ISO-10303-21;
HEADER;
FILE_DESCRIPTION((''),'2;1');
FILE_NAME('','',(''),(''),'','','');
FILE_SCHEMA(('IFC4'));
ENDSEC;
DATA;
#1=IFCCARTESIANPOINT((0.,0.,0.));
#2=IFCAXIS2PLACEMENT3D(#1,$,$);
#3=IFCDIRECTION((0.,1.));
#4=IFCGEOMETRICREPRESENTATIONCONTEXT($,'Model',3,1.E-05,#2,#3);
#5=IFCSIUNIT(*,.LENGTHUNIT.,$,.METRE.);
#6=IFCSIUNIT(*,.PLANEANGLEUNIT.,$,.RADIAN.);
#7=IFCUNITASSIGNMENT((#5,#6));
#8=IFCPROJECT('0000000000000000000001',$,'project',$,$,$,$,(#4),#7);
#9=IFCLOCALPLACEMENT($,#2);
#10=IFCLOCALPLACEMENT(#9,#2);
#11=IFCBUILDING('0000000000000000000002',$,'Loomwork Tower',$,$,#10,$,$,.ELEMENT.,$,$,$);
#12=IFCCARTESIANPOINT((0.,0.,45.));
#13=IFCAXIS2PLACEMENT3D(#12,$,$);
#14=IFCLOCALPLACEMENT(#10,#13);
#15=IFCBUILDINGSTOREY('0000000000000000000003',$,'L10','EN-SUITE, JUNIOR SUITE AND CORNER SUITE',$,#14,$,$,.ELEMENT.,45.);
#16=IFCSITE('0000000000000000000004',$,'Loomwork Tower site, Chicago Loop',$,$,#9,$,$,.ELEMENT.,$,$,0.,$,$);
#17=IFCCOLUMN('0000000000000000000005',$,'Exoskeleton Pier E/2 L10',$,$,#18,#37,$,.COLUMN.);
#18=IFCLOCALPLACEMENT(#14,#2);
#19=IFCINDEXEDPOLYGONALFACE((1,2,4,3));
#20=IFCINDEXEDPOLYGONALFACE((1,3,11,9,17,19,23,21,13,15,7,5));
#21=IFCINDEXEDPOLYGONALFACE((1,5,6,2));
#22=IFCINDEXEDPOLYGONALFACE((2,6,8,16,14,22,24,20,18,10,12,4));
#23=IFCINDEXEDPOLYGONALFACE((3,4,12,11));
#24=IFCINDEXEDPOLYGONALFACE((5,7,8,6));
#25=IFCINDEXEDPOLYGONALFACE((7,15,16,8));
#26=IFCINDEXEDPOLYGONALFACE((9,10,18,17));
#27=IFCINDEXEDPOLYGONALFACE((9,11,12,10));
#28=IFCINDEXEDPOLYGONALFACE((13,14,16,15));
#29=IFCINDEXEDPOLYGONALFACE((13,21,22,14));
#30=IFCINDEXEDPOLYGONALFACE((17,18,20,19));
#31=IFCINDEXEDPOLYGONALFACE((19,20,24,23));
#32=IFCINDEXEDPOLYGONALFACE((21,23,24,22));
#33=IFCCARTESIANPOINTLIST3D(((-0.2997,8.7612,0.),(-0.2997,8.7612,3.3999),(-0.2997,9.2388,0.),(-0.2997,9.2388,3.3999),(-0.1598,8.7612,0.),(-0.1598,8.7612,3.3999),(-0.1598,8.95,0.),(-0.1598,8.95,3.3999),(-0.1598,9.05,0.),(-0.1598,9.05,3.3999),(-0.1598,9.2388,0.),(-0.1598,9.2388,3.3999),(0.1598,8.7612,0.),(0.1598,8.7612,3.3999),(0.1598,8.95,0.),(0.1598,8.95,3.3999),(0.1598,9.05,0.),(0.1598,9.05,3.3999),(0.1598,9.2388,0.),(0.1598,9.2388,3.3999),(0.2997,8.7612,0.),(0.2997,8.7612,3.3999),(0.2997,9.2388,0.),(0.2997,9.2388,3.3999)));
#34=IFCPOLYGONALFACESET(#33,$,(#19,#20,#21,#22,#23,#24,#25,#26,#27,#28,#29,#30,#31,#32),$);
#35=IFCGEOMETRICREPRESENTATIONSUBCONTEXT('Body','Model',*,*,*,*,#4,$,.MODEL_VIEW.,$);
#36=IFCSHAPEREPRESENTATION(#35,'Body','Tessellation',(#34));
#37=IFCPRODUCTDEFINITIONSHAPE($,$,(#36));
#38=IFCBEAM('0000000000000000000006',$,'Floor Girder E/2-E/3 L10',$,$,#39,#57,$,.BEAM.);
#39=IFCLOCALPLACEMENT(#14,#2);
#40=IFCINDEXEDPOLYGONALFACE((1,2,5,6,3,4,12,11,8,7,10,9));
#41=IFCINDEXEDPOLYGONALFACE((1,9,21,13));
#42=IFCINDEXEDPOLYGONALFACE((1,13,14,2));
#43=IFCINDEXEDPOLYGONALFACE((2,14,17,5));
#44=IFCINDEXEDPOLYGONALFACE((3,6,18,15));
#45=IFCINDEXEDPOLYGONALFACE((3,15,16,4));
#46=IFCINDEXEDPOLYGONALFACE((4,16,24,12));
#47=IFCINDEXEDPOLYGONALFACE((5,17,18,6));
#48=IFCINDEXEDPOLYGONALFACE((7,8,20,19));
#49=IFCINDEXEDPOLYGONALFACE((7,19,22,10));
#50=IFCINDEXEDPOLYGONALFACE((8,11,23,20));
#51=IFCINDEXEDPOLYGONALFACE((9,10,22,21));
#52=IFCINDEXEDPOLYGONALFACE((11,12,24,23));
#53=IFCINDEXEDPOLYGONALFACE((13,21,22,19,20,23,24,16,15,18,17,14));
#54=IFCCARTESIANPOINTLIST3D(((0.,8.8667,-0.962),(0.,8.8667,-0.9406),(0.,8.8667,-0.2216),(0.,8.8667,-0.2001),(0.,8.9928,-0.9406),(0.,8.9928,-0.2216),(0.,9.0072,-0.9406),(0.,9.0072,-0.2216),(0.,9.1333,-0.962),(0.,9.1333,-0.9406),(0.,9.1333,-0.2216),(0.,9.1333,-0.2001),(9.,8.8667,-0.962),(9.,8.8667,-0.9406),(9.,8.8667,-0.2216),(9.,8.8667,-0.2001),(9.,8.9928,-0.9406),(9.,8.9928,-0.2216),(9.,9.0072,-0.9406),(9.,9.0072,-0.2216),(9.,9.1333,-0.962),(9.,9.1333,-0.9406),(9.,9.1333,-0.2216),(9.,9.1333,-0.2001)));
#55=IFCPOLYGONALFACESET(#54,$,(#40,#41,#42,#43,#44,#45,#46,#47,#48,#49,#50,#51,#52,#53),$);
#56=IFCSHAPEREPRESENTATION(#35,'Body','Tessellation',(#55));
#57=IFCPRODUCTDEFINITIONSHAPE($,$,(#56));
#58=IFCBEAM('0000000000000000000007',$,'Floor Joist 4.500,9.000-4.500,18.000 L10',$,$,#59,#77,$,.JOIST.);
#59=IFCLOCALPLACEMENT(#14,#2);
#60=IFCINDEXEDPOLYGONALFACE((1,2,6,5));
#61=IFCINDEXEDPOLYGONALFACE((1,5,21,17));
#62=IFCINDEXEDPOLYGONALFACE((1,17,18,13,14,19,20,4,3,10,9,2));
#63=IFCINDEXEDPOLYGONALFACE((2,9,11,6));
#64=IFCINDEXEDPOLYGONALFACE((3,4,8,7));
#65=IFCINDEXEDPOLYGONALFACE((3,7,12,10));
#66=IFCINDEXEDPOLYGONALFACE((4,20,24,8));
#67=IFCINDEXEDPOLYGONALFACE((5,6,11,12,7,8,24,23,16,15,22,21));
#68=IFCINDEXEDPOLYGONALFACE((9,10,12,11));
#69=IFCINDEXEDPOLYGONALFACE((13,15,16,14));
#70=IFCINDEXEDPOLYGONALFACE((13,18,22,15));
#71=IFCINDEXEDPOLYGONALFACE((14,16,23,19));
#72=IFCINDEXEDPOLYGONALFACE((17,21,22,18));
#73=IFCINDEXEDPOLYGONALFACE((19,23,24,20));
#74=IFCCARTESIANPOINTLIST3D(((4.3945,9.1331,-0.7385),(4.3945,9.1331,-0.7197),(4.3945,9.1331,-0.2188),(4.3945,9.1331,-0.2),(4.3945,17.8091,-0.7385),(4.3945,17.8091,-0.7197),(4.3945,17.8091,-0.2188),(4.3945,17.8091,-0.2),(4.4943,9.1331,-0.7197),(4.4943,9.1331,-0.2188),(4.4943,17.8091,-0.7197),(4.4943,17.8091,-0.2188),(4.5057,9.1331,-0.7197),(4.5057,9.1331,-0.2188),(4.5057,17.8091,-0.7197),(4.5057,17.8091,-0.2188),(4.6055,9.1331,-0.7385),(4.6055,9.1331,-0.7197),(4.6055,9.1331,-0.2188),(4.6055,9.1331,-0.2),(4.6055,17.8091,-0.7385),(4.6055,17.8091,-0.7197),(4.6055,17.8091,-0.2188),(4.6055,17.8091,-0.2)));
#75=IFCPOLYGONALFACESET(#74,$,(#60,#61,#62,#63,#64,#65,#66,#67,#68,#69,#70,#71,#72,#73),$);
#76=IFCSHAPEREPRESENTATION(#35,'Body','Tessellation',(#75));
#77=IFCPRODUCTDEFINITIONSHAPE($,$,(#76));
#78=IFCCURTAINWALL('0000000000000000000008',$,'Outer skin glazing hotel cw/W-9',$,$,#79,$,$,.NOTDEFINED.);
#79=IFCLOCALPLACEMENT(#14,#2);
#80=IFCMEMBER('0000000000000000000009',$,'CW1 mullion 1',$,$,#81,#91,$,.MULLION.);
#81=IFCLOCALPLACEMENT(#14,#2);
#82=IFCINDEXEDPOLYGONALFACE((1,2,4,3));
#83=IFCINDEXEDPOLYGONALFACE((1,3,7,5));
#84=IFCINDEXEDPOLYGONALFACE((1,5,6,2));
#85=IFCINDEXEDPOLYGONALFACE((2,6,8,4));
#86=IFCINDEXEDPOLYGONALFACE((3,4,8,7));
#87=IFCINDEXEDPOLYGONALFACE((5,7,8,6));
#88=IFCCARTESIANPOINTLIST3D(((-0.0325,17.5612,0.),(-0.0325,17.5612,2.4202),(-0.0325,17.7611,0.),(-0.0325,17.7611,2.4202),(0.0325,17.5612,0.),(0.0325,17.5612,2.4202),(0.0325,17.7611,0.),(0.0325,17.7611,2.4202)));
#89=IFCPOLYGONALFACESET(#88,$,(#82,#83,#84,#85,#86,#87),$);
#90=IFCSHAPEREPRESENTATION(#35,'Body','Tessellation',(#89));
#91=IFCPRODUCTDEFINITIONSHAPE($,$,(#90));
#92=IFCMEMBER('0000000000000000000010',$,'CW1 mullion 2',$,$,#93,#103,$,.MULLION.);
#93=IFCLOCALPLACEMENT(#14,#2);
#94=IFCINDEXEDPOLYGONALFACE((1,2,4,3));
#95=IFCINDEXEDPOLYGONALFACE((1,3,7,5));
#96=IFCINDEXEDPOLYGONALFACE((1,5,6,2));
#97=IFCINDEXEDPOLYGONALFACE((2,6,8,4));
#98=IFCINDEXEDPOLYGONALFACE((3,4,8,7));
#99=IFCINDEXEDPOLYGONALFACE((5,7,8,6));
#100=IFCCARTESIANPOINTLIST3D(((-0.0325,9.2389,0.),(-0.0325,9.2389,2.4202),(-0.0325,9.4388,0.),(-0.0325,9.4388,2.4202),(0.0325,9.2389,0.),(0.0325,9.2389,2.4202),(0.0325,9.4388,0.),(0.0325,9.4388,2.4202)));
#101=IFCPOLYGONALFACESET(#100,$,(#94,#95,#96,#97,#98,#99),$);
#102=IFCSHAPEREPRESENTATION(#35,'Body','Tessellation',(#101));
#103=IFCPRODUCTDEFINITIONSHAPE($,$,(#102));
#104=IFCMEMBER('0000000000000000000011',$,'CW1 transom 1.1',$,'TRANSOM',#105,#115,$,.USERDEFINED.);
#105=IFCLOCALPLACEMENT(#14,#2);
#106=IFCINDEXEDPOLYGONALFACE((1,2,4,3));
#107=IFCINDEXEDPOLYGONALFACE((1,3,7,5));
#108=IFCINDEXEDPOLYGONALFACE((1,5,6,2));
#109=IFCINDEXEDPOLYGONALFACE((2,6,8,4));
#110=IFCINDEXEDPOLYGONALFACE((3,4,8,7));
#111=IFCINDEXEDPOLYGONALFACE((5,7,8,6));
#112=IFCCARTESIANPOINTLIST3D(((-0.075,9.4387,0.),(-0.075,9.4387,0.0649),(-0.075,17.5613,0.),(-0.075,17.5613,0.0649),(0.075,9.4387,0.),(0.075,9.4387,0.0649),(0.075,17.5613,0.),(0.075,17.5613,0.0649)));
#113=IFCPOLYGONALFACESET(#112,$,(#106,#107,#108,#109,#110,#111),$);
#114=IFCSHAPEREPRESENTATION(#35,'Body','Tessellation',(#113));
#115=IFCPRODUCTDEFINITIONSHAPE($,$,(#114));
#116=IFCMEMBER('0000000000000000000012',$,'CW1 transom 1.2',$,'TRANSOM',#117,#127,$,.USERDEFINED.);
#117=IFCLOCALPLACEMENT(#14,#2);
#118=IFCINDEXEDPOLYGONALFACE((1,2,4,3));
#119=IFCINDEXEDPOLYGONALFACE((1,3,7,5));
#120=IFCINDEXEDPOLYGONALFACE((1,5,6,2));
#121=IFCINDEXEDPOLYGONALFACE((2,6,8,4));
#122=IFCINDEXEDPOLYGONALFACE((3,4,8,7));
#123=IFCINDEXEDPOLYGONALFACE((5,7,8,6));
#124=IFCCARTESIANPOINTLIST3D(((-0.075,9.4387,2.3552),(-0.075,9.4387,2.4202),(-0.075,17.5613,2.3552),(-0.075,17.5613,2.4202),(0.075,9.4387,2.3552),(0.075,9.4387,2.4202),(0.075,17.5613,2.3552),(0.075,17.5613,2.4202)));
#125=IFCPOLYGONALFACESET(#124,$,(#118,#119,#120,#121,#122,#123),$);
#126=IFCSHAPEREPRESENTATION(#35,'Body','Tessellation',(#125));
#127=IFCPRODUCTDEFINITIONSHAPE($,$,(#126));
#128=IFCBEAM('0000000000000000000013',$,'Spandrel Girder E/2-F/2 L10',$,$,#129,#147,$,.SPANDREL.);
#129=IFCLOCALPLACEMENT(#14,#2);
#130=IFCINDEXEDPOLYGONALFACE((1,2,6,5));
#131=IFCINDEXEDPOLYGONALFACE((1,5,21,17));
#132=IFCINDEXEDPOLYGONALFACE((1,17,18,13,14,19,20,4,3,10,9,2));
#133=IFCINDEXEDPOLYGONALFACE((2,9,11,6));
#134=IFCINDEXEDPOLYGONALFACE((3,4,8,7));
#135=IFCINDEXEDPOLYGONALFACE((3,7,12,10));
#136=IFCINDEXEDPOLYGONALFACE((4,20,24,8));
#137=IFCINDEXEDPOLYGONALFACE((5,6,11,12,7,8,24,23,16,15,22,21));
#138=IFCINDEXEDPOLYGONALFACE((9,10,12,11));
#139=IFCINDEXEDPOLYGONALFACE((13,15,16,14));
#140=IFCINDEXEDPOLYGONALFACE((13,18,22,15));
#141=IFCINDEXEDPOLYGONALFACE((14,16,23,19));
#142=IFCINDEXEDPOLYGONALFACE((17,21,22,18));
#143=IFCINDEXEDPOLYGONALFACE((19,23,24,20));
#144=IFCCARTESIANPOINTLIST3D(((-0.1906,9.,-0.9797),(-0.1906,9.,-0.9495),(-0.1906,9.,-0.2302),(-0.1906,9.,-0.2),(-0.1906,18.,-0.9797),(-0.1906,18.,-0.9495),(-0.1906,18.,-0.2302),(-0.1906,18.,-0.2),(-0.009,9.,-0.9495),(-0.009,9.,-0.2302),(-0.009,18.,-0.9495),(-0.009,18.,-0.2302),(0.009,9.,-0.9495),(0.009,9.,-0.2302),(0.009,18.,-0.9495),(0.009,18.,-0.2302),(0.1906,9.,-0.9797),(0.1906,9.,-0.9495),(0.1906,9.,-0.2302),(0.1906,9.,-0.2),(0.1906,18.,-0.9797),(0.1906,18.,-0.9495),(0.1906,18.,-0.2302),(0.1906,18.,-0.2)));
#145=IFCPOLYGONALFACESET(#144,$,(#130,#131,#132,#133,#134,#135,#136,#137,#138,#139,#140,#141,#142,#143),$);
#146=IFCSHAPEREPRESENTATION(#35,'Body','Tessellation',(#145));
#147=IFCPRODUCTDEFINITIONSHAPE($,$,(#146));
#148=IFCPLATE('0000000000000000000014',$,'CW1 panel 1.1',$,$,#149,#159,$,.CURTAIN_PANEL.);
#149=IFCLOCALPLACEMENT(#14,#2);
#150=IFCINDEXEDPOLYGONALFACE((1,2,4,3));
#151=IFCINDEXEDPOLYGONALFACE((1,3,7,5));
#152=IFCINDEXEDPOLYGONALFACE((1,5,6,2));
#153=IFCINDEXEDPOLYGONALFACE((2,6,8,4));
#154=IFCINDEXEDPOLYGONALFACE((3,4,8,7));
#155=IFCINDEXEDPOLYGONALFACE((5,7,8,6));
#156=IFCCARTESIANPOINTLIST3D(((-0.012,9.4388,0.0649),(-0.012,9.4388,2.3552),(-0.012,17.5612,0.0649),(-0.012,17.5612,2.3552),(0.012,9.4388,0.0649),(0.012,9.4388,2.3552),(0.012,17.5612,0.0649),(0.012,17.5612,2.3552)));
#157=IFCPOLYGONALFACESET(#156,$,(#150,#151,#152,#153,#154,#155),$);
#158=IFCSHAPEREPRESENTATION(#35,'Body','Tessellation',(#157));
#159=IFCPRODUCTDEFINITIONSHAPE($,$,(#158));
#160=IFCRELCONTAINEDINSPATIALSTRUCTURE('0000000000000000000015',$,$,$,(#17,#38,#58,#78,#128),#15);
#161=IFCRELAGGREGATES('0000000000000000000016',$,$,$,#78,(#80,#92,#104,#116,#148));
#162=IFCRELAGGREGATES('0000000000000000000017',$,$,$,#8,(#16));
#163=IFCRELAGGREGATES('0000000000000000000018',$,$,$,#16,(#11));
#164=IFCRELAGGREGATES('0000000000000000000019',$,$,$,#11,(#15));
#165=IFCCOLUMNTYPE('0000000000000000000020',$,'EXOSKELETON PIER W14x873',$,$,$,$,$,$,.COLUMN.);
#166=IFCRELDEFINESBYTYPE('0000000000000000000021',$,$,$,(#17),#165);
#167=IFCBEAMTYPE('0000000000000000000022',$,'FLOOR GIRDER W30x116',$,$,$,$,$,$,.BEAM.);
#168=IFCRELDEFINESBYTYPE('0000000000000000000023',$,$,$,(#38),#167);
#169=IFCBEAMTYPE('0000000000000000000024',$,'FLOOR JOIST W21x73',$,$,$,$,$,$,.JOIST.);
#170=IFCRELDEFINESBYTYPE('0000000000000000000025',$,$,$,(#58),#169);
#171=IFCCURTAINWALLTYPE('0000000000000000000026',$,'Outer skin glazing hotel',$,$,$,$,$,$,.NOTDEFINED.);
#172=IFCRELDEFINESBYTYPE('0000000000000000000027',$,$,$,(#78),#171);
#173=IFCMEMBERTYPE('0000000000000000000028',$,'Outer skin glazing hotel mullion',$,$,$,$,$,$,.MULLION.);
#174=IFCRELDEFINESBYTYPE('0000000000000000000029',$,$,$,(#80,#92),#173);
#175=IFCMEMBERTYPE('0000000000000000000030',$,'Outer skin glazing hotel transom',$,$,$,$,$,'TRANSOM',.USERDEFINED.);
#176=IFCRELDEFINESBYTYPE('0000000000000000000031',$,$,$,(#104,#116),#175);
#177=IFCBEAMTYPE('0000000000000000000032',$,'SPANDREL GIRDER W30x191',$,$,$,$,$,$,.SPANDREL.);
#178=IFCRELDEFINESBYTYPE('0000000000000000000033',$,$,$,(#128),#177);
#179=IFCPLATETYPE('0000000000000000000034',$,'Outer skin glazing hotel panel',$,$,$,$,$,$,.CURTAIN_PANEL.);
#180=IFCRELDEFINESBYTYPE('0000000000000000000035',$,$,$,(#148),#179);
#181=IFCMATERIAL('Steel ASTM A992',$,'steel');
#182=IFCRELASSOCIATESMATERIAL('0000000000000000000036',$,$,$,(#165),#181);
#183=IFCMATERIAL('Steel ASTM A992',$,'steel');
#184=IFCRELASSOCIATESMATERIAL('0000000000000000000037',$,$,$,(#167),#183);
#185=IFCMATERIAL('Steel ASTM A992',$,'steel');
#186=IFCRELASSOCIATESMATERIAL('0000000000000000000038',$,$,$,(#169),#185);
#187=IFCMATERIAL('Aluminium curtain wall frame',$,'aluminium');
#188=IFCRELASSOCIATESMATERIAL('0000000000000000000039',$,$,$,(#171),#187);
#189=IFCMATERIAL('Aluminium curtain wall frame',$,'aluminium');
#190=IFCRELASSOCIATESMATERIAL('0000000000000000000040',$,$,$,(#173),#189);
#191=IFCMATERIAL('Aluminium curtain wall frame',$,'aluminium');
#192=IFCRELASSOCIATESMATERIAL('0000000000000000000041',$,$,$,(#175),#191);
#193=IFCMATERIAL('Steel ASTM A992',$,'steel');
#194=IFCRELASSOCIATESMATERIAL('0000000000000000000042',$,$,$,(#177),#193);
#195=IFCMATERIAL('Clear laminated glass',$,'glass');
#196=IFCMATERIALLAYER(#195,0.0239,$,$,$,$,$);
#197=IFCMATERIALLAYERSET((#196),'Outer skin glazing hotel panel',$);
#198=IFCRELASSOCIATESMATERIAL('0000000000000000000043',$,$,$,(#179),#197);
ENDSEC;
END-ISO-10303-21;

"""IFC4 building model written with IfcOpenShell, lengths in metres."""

from ifc_helpers import new_model, si_unit, direction, frame, origin, origin_2d, place, context, subcontext, project, spatial, rectangle, i_section, extrude, material, layer, layer_set, material_profile, profile_set, type_object, element, aggregate, save


model = new_model("IFC4")

# Units and contexts
model_context = context("Model", 3, precision=1e-05, world=origin(), true_north=direction((0.0, 1.0)))
body_context = subcontext(model_context, "Body", "Model", "MODEL_VIEW")
ifc_project = project(units=[si_unit("LENGTHUNIT", "METRE"), si_unit("PLANEANGLEUNIT", "RADIAN")], contexts=[model_context])

# Site, building, storey
site_placement = place(None, origin())
site = spatial("IfcSite", under=ifc_project, at=site_placement, Name="Loomwork Tower site, Chicago Loop", CompositionType="ELEMENT", RefElevation=0.0)
building_placement = place(site_placement, origin())
building = spatial("IfcBuilding", under=site, at=building_placement, Name="Loomwork Tower", CompositionType="ELEMENT")
storey_placement = place(building_placement, frame((0.0, 0.0, 45.0)))
storey = spatial("IfcBuildingStorey", under=building, at=storey_placement, Name="L10", Description="EN-SUITE, JUNIOR SUITE AND CORNER SUITE", CompositionType="ELEMENT", Elevation=45.0)

# Column
ifc_material_1 = material(Name="Steel ASTM A992", Category="steel")
ifc_material_profile_1 = material_profile(ifc_material_1, i_section(OverallWidth=0.4775, OverallDepth=0.5994, WebThickness=0.1001, FlangeThickness=0.1399, at=origin_2d()), Name="W14x873")
ifc_profile_set_1 = profile_set([ifc_material_profile_1], Name="Steel ASTM A992")
column_type = type_object("IfcColumnType", Name="EXOSKELETON PIER W14x873", PredefinedType="COLUMN", material=ifc_profile_set_1)
column_placement = place(storey_placement, frame((0.0, 9.0, 0.0), z_axis=(0.0, 0.0, 1.0), x_axis=(0.0, 1.0, 0.0)))
element("IfcColumn", 1, at=column_placement, inside=storey, type_object=column_type, Name="Exoskeleton Pier E/2 L10", PredefinedType="COLUMN", context=body_context, shape_type="SweptSolid", body=[
    extrude(i_section(OverallWidth=0.4775, OverallDepth=0.5994, WebThickness=0.1001, FlangeThickness=0.1399, at=origin_2d()), origin(), (0.0, 0.0, 1.0), 3.3999),
])

# Beams
ifc_material_2 = material(Name="Steel ASTM A992", Category="steel")
ifc_material_profile_2 = material_profile(ifc_material_2, i_section(OverallWidth=0.2666, OverallDepth=0.762, WebThickness=0.0144, FlangeThickness=0.0215, at=origin_2d()), Name="W30x116")
ifc_profile_set_2 = profile_set([ifc_material_profile_2], Name="Steel ASTM A992")
beam_type_1 = type_object("IfcBeamType", Name="FLOOR GIRDER W30x116", PredefinedType="BEAM", material=ifc_profile_set_2)
beam_1_placement = place(storey_placement, frame((0.0, 9.0, -0.5811), z_axis=(1.0, 0.0, 0.0), x_axis=(0.0, 1.0, 0.0)))
element("IfcBeam", 2, at=beam_1_placement, inside=storey, type_object=beam_type_1, Name="Floor Girder E/2-E/3 L10", PredefinedType="BEAM", context=body_context, shape_type="SweptSolid", body=[
    extrude(i_section(OverallWidth=0.2666, OverallDepth=0.762, WebThickness=0.0144, FlangeThickness=0.0215, at=origin_2d()), origin(), (0.0, 0.0, 1.0), 9.0),
])
ifc_material_3 = material(Name="Steel ASTM A992", Category="steel")
ifc_material_profile_3 = material_profile(ifc_material_3, i_section(OverallWidth=0.2109, OverallDepth=0.5386, WebThickness=0.0115, FlangeThickness=0.0188, at=origin_2d()), Name="W21x73")
ifc_profile_set_3 = profile_set([ifc_material_profile_3], Name="Steel ASTM A992")
beam_type_2 = type_object("IfcBeamType", Name="FLOOR JOIST W21x73", PredefinedType="JOIST", material=ifc_profile_set_3)
beam_2_placement = place(storey_placement, frame((4.5, 9.1331, -0.4692), z_axis=(0.0, 1.0, 0.0), x_axis=(-1.0, 0.0, 0.0)))
element("IfcBeam", 3, at=beam_2_placement, inside=storey, type_object=beam_type_2, Name="Floor Joist 4.500,9.000-4.500,18.000 L10", PredefinedType="JOIST", context=body_context, shape_type="SweptSolid", body=[
    extrude(i_section(OverallWidth=0.2109, OverallDepth=0.5386, WebThickness=0.0115, FlangeThickness=0.0188, at=origin_2d()), origin(), (0.0, 0.0, 1.0), 8.676),
])

# Curtain wall, members
ifc_material_4 = material(Name="Aluminium curtain wall frame", Category="aluminium")
curtain_wall_type = type_object("IfcCurtainWallType", Name="Outer skin glazing hotel", PredefinedType="NOTDEFINED", material=ifc_material_4)
curtain_wall_placement = place(storey_placement, origin())
curtain_wall = element("IfcCurtainWall", 4, at=curtain_wall_placement, inside=storey, type_object=curtain_wall_type, Name="Outer skin glazing hotel cw/W-9", PredefinedType="NOTDEFINED")
ifc_material_5 = material(Name="Aluminium curtain wall frame", Category="aluminium")
ifc_material_profile_4 = material_profile(ifc_material_5, rectangle(XDim=0.0649, YDim=0.2, at=origin_2d()), Name="AL 65x200")
ifc_profile_set_4 = profile_set([ifc_material_profile_4], Name="Aluminium curtain wall frame")
member_type_1 = type_object("IfcMemberType", Name="Outer skin glazing hotel mullion", PredefinedType="MULLION", material=ifc_profile_set_4)
member_1_placement = place(storey_placement, frame((0.0, 17.6611, 0.0), z_axis=(0.0, 0.0, 1.0), x_axis=(1.0, 0.0, 0.0)))
member_1 = element("IfcMember", 5, at=member_1_placement, type_object=member_type_1, Name="CW1 mullion 1", PredefinedType="MULLION", context=body_context, shape_type="SweptSolid", body=[
    extrude(rectangle(XDim=0.0649, YDim=0.2, at=origin_2d()), origin(), (0.0, 0.0, 1.0), 2.4202),
])
member_2_placement = place(storey_placement, frame((0.0, 9.3389, 0.0), z_axis=(0.0, 0.0, 1.0), x_axis=(1.0, 0.0, 0.0)))
member_2 = element("IfcMember", 6, at=member_2_placement, type_object=member_type_1, Name="CW1 mullion 2", PredefinedType="MULLION", context=body_context, shape_type="SweptSolid", body=[
    extrude(rectangle(XDim=0.0649, YDim=0.2, at=origin_2d()), origin(), (0.0, 0.0, 1.0), 2.4202),
])
ifc_material_6 = material(Name="Aluminium curtain wall frame", Category="aluminium")
ifc_material_profile_5 = material_profile(ifc_material_6, rectangle(XDim=0.1499, YDim=0.0649, at=origin_2d()), Name="AL 65x150")
ifc_profile_set_5 = profile_set([ifc_material_profile_5], Name="Aluminium curtain wall frame")
member_type_2 = type_object("IfcMemberType", Name="Outer skin glazing hotel transom", ElementType="TRANSOM", PredefinedType="USERDEFINED", material=ifc_profile_set_5)
member_3_placement = place(storey_placement, frame((0.0, 17.5613, 0.0325), z_axis=(0.0, -1.0, 0.0), x_axis=(1.0, 0.0, 0.0)))
member_3 = element("IfcMember", 7, at=member_3_placement, type_object=member_type_2, Name="CW1 transom 1.1", ObjectType="TRANSOM", PredefinedType="USERDEFINED", context=body_context, shape_type="SweptSolid", body=[
    extrude(rectangle(XDim=0.1499, YDim=0.0649, at=origin_2d()), origin(), (0.0, 0.0, 1.0), 8.1226),
])
member_4_placement = place(storey_placement, frame((0.0, 17.5613, 2.3877), z_axis=(0.0, -1.0, 0.0), x_axis=(1.0, 0.0, 0.0)))
member_4 = element("IfcMember", 8, at=member_4_placement, type_object=member_type_2, Name="CW1 transom 1.2", ObjectType="TRANSOM", PredefinedType="USERDEFINED", context=body_context, shape_type="SweptSolid", body=[
    extrude(rectangle(XDim=0.1499, YDim=0.0649, at=origin_2d()), origin(), (0.0, 0.0, 1.0), 8.1226),
])

# Beam
ifc_material_7 = material(Name="Steel ASTM A992", Category="steel")
ifc_material_profile_6 = material_profile(ifc_material_7, i_section(OverallWidth=0.3811, OverallDepth=0.7798, WebThickness=0.0181, FlangeThickness=0.0303, at=origin_2d()), Name="W30x191")
ifc_profile_set_6 = profile_set([ifc_material_profile_6], Name="Steel ASTM A992")
beam_type_3 = type_object("IfcBeamType", Name="SPANDREL GIRDER W30x191", PredefinedType="SPANDREL", material=ifc_profile_set_6)
beam_3_placement = place(storey_placement, frame((0.0, 9.0, -0.5898), z_axis=(0.0, 1.0, 0.0), x_axis=(-1.0, 0.0, 0.0)))
element("IfcBeam", 9, at=beam_3_placement, inside=storey, type_object=beam_type_3, Name="Spandrel Girder E/2-F/2 L10", PredefinedType="SPANDREL", context=body_context, shape_type="SweptSolid", body=[
    extrude(i_section(OverallWidth=0.3811, OverallDepth=0.7798, WebThickness=0.0181, FlangeThickness=0.0303, at=origin_2d()), origin(), (0.0, 0.0, 1.0), 9.0),
])

# Plate
ifc_material_8 = material(Name="Clear laminated glass", Category="glass")
ifc_layer_1 = layer(ifc_material_8, 0.0239)
ifc_layer_set_1 = layer_set([ifc_layer_1], Name="Outer skin glazing hotel panel")
plate_type = type_object("IfcPlateType", Name="Outer skin glazing hotel panel", PredefinedType="CURTAIN_PANEL", material=ifc_layer_set_1)
plate_placement = place(storey_placement, frame((0.0, 13.5, 0.0649), z_axis=(0.0, 0.0, 1.0), x_axis=(0.0, -1.0, 0.0)))
plate = element("IfcPlate", 10, at=plate_placement, type_object=plate_type, Name="CW1 panel 1.1", PredefinedType="CURTAIN_PANEL", context=body_context, shape_type="SweptSolid", body=[
    extrude(rectangle(XDim=8.1223, YDim=0.0239, at=origin_2d()), origin(), (0.0, 0.0, 1.0), 2.2903),
])
aggregate(curtain_wall, [member_1, member_2, member_3, member_4, plate])

save(model, "model.ifc")
